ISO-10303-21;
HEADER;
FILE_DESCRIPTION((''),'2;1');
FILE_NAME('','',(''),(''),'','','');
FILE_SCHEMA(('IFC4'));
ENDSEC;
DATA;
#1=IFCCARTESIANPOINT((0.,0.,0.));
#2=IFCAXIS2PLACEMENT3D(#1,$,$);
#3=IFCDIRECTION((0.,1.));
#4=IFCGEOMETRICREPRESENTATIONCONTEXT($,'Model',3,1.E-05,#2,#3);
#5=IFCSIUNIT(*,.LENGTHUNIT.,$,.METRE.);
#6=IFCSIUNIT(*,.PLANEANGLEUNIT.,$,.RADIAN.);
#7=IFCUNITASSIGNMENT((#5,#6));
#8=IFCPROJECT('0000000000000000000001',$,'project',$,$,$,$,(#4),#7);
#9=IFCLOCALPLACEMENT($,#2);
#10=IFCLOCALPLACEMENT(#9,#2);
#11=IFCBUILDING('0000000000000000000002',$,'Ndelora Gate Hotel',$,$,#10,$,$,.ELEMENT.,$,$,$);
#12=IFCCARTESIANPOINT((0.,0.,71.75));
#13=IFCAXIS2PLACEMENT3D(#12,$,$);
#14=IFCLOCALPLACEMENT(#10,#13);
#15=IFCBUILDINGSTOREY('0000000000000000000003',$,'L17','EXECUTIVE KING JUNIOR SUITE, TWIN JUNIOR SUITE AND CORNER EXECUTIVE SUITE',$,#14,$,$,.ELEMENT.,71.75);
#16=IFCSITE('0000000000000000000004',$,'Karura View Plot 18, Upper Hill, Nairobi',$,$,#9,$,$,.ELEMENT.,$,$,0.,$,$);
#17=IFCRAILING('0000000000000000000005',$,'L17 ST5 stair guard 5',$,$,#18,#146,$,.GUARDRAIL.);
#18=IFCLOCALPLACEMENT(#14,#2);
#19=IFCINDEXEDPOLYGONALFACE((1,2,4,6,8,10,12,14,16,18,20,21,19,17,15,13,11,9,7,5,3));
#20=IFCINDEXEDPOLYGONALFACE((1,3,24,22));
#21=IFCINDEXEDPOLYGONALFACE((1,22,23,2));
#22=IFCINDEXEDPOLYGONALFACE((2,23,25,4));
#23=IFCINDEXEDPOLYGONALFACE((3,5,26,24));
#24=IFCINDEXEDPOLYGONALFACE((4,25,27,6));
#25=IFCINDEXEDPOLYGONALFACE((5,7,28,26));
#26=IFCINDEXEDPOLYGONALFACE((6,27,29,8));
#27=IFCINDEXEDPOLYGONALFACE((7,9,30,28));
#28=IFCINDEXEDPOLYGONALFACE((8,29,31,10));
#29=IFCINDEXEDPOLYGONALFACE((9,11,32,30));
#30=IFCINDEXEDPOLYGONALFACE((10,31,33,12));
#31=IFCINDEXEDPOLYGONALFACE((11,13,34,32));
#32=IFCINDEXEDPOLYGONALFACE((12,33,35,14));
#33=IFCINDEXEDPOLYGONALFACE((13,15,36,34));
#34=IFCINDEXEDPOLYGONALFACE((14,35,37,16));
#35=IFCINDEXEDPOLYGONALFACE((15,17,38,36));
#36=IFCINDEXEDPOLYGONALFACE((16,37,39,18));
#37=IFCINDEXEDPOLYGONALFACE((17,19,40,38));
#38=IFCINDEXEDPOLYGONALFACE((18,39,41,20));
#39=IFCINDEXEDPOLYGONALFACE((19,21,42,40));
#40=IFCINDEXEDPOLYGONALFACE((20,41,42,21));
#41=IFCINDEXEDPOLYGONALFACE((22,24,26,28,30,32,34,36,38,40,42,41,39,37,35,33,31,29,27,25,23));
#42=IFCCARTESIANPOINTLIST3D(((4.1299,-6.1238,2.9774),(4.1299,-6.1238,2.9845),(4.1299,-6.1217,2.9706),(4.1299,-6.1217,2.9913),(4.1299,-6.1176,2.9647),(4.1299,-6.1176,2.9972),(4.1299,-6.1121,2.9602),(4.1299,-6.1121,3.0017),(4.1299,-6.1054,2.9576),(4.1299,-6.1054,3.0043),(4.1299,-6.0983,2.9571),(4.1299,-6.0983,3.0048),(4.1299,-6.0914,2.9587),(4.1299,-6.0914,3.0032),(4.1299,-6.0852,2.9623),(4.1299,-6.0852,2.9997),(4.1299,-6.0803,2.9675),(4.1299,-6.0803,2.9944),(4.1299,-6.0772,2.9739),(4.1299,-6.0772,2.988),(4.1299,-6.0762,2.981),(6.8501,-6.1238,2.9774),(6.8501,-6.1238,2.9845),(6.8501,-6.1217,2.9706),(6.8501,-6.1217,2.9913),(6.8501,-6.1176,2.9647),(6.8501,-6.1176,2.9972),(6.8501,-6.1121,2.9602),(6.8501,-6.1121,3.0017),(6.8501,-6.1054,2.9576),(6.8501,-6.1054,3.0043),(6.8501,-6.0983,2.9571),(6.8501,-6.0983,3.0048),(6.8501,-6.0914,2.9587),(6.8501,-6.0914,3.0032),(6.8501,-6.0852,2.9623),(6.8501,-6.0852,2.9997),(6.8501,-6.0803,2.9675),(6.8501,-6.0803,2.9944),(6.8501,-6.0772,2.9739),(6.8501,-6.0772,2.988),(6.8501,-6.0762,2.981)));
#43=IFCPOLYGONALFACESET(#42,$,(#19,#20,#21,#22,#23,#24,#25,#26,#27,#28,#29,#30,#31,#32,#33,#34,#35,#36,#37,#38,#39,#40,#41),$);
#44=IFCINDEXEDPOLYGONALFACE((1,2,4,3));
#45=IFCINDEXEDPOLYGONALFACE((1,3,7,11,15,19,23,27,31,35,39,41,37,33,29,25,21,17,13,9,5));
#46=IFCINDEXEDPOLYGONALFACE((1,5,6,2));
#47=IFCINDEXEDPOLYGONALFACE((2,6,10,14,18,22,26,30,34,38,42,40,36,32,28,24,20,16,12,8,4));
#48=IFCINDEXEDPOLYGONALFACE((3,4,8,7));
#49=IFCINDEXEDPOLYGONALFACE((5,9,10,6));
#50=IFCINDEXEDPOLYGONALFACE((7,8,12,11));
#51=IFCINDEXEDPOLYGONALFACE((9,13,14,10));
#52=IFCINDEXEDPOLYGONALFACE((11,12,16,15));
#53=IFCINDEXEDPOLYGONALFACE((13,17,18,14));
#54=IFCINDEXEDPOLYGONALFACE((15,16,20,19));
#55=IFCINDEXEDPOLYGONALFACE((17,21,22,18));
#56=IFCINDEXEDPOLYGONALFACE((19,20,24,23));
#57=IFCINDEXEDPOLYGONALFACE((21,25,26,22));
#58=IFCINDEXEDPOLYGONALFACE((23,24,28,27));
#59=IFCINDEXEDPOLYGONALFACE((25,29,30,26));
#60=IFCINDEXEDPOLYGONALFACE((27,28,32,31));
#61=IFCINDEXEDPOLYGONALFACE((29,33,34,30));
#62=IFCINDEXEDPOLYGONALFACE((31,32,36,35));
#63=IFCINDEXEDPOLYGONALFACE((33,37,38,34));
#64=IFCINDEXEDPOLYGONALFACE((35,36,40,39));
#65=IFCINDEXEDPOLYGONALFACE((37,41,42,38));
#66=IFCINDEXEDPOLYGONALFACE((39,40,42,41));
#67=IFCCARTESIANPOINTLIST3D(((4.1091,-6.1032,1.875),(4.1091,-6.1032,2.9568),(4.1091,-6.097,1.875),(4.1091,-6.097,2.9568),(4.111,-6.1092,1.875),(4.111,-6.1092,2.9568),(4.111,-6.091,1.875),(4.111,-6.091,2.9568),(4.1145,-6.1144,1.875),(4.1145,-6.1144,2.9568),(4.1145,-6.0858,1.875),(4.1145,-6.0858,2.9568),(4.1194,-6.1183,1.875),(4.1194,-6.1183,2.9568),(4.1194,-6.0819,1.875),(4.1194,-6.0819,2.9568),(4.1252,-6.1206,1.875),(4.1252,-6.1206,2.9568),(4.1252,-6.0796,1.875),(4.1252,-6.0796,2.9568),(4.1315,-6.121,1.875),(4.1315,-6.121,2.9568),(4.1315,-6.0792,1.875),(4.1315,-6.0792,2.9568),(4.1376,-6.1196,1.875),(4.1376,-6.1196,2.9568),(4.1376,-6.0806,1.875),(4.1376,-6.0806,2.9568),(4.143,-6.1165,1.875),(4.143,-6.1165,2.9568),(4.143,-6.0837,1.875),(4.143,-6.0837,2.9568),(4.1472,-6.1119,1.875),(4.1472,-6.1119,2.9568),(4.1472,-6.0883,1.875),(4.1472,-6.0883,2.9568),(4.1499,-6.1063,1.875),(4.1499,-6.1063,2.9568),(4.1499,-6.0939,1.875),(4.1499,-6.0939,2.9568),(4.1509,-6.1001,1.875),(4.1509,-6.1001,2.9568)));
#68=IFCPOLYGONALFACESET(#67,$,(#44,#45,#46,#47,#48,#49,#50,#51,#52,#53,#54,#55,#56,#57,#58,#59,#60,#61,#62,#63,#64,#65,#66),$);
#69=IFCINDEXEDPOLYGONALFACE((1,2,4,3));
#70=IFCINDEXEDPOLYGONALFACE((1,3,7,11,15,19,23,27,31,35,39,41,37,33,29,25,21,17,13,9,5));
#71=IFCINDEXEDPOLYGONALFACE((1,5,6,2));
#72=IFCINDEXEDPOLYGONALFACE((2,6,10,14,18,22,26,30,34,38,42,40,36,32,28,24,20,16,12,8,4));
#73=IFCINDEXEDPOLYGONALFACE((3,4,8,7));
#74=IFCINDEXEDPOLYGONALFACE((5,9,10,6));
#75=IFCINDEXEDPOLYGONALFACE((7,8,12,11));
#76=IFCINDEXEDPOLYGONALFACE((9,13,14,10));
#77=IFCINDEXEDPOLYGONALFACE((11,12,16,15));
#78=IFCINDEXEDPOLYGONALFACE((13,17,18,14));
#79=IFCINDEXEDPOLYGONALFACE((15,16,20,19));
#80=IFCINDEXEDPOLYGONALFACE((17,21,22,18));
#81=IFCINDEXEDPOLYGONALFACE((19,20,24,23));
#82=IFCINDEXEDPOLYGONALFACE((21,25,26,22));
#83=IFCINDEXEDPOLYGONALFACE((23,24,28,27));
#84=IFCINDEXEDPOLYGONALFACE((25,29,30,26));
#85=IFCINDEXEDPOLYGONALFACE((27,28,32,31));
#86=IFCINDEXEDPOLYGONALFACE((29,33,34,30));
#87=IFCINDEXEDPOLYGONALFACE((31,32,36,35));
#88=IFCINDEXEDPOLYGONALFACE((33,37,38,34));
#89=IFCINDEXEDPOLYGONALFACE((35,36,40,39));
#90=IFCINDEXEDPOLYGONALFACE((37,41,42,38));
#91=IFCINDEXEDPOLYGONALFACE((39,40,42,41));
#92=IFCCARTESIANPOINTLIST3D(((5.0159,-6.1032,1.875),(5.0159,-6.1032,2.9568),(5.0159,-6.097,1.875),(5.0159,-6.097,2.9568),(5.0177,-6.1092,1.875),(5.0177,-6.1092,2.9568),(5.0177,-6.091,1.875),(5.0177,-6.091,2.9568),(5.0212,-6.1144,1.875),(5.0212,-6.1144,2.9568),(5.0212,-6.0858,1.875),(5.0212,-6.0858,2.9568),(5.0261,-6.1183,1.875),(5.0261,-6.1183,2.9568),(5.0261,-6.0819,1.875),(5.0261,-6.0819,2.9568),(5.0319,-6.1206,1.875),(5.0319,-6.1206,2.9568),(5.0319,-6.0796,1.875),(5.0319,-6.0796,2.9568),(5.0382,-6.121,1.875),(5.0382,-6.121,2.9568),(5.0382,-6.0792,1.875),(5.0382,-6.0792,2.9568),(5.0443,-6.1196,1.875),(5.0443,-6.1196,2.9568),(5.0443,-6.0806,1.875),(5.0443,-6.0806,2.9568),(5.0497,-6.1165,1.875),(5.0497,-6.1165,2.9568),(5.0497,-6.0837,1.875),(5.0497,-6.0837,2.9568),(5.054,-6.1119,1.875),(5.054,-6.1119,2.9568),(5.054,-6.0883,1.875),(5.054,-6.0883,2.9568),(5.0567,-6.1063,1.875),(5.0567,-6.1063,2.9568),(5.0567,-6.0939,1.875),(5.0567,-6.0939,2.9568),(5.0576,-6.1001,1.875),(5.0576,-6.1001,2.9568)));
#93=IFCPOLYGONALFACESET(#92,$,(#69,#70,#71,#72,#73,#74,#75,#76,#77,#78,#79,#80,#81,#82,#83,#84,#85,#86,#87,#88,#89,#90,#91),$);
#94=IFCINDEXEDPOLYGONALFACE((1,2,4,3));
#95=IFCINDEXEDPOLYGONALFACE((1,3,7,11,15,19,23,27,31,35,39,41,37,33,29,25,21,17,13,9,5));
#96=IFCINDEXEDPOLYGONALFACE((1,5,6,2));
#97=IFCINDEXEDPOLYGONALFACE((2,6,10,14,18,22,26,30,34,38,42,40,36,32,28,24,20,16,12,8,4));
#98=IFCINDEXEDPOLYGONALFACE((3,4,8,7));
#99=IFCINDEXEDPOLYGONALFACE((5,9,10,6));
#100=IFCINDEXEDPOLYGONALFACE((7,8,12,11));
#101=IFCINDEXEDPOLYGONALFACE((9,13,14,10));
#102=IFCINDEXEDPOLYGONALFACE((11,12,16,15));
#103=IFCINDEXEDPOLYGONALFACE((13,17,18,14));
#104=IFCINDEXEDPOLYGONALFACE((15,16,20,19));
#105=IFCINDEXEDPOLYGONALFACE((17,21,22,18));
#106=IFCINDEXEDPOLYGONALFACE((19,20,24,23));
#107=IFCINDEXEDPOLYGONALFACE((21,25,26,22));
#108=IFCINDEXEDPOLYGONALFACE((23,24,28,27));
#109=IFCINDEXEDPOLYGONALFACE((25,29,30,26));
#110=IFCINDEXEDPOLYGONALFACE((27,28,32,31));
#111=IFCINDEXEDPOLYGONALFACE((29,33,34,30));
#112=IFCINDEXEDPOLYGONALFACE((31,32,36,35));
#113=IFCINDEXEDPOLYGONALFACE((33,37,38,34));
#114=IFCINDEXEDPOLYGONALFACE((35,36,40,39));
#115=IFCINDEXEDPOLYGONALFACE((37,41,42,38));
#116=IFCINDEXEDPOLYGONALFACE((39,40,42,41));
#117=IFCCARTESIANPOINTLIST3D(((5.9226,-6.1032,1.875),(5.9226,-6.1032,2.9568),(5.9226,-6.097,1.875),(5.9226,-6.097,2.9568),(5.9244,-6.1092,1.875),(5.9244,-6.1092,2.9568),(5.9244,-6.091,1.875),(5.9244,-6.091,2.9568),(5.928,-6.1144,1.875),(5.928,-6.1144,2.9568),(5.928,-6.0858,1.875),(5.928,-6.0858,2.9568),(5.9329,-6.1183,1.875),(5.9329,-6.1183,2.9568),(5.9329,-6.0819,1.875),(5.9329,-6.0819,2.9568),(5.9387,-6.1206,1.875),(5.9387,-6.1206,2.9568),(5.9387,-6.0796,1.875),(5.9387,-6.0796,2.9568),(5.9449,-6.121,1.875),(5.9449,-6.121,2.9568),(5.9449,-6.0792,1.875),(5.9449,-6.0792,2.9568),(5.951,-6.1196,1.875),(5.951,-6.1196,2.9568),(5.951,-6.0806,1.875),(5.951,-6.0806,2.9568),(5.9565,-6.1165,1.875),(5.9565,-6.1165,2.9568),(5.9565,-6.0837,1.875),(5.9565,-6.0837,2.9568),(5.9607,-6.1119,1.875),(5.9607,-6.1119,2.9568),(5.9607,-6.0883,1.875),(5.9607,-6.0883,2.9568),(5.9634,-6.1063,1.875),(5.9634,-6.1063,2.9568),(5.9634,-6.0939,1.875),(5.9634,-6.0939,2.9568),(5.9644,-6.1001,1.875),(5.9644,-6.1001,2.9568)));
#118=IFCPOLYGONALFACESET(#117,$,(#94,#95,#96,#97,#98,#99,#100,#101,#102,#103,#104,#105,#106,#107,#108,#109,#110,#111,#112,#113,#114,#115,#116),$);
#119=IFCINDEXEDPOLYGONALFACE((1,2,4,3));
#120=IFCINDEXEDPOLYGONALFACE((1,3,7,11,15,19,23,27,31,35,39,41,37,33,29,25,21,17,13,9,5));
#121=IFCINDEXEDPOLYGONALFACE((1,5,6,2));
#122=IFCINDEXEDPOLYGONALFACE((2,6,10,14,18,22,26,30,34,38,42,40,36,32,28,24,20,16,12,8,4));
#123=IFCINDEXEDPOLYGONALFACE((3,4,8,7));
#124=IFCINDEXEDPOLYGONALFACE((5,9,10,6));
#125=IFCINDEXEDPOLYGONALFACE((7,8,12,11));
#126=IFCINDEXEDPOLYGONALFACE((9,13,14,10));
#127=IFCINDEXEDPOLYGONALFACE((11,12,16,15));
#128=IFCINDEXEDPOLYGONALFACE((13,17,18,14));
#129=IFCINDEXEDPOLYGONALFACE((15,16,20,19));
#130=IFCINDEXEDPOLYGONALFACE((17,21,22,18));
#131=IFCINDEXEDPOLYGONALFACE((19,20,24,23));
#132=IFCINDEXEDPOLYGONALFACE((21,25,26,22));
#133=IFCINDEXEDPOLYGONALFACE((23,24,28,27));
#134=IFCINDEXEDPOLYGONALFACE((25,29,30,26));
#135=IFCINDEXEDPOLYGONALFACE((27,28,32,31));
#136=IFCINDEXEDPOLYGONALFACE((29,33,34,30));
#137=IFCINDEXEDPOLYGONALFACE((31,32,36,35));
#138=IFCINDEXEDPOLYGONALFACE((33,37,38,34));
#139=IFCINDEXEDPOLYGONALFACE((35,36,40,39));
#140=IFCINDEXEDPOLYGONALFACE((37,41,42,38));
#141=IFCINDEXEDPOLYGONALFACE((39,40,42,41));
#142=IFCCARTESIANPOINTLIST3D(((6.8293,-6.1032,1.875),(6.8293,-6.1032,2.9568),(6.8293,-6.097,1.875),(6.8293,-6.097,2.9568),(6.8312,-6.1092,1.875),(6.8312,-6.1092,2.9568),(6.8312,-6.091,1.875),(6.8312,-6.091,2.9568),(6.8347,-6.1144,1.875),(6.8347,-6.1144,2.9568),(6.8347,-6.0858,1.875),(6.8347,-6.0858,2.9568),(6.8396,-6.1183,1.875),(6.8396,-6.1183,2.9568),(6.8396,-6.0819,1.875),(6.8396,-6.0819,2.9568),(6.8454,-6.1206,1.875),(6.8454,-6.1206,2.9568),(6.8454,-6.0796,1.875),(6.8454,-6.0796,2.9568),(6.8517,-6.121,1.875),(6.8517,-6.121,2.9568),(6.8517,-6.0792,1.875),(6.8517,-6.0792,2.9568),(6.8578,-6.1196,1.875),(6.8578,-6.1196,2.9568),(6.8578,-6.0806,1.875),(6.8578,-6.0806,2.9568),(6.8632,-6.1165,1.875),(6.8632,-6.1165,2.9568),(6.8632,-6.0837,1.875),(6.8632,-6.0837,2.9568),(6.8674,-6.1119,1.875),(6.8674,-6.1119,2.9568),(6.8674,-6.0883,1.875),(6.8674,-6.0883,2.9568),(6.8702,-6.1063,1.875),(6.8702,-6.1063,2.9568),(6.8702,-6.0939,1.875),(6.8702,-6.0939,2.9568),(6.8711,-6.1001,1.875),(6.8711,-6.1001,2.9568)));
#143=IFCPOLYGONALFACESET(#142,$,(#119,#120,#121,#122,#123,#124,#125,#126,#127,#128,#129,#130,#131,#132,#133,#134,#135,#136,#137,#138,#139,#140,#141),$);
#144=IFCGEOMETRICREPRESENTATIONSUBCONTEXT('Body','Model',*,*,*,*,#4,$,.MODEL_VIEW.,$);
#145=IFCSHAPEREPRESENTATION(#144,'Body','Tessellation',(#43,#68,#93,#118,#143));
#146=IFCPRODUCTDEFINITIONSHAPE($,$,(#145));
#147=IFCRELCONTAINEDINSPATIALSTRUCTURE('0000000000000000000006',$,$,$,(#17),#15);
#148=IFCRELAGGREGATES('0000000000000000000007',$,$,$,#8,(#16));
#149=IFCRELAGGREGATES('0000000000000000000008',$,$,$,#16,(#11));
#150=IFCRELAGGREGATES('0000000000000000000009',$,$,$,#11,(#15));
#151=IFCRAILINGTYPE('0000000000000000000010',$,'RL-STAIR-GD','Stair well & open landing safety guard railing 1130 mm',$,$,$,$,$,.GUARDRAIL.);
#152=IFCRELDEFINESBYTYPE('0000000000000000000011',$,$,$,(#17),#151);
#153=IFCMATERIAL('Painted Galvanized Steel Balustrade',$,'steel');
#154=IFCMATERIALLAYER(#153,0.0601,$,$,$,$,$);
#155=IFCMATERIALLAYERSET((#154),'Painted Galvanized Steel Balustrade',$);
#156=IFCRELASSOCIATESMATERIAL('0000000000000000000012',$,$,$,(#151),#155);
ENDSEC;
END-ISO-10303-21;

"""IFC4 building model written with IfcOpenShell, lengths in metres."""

from ifc_helpers import new_model, si_unit, direction, frame, origin, origin_2d, place, context, subcontext, project, spatial, circle, extrude, material, layer, layer_set, type_object, element, save


model = new_model("IFC4")

# Units and contexts
model_context = context("Model", 3, precision=1e-05, world=origin(), true_north=direction((0.0, 1.0)))
body_context = subcontext(model_context, "Body", "Model", "MODEL_VIEW")
ifc_project = project(units=[si_unit("LENGTHUNIT", "METRE"), si_unit("PLANEANGLEUNIT", "RADIAN")], contexts=[model_context])

# Site, building, storey
site_placement = place(None, origin())
site = spatial("IfcSite", under=ifc_project, at=site_placement, Name="Karura View Plot 18, Upper Hill, Nairobi", CompositionType="ELEMENT", RefElevation=0.0)
building_placement = place(site_placement, origin())
building = spatial("IfcBuilding", under=site, at=building_placement, Name="Ndelora Gate Hotel", CompositionType="ELEMENT")
storey_placement = place(building_placement, frame((0.0, 0.0, 71.75)))
storey = spatial("IfcBuildingStorey", under=building, at=storey_placement, Name="L17", Description="EXECUTIVE KING JUNIOR SUITE, TWIN JUNIOR SUITE AND CORNER EXECUTIVE SUITE", CompositionType="ELEMENT", Elevation=71.75)

# Railing
ifc_material_1 = material(Name="Painted Galvanized Steel Balustrade", Category="steel")
ifc_layer_1 = layer(ifc_material_1, 0.0601)
ifc_layer_set_1 = layer_set([ifc_layer_1], Name="Painted Galvanized Steel Balustrade")
railing_type = type_object("IfcRailingType", Name="RL-STAIR-GD", Description="Stair well & open landing safety guard railing 1130 mm", PredefinedType="GUARDRAIL", material=ifc_layer_set_1)
railing_1_placement = place(storey_placement, frame((4.1299, -6.1001, 1.875)))
element("IfcRailing", 1, at=railing_1_placement, inside=storey, type_object=railing_type, Name="L17 ST5 stair guard 5", PredefinedType="GUARDRAIL", context=body_context, shape_type="SweptSolid", body=[
    extrude(circle(Radius=0.0239, at=origin_2d()), frame((0.0, 0.0, 1.106), z_axis=(1.0, 0.0, 0.0), x_axis=(0.0, 1.0, 0.0)), (0.0, 0.0, 1.0), 2.7202),
    extrude(circle(Radius=0.021, at=origin_2d()), origin(), (0.0, 0.0, 1.0), 1.0818),
    extrude(circle(Radius=0.021, at=origin_2d()), frame((0.9067, 0.0, 0.0)), (0.0, 0.0, 1.0), 1.0818),
    extrude(circle(Radius=0.021, at=origin_2d()), frame((1.8135, 0.0, 0.0)), (0.0, 0.0, 1.0), 1.0818),
    extrude(circle(Radius=0.021, at=origin_2d()), frame((2.7202, 0.0, 0.0)), (0.0, 0.0, 1.0), 1.0818),
])

save(model, "model.ifc")
